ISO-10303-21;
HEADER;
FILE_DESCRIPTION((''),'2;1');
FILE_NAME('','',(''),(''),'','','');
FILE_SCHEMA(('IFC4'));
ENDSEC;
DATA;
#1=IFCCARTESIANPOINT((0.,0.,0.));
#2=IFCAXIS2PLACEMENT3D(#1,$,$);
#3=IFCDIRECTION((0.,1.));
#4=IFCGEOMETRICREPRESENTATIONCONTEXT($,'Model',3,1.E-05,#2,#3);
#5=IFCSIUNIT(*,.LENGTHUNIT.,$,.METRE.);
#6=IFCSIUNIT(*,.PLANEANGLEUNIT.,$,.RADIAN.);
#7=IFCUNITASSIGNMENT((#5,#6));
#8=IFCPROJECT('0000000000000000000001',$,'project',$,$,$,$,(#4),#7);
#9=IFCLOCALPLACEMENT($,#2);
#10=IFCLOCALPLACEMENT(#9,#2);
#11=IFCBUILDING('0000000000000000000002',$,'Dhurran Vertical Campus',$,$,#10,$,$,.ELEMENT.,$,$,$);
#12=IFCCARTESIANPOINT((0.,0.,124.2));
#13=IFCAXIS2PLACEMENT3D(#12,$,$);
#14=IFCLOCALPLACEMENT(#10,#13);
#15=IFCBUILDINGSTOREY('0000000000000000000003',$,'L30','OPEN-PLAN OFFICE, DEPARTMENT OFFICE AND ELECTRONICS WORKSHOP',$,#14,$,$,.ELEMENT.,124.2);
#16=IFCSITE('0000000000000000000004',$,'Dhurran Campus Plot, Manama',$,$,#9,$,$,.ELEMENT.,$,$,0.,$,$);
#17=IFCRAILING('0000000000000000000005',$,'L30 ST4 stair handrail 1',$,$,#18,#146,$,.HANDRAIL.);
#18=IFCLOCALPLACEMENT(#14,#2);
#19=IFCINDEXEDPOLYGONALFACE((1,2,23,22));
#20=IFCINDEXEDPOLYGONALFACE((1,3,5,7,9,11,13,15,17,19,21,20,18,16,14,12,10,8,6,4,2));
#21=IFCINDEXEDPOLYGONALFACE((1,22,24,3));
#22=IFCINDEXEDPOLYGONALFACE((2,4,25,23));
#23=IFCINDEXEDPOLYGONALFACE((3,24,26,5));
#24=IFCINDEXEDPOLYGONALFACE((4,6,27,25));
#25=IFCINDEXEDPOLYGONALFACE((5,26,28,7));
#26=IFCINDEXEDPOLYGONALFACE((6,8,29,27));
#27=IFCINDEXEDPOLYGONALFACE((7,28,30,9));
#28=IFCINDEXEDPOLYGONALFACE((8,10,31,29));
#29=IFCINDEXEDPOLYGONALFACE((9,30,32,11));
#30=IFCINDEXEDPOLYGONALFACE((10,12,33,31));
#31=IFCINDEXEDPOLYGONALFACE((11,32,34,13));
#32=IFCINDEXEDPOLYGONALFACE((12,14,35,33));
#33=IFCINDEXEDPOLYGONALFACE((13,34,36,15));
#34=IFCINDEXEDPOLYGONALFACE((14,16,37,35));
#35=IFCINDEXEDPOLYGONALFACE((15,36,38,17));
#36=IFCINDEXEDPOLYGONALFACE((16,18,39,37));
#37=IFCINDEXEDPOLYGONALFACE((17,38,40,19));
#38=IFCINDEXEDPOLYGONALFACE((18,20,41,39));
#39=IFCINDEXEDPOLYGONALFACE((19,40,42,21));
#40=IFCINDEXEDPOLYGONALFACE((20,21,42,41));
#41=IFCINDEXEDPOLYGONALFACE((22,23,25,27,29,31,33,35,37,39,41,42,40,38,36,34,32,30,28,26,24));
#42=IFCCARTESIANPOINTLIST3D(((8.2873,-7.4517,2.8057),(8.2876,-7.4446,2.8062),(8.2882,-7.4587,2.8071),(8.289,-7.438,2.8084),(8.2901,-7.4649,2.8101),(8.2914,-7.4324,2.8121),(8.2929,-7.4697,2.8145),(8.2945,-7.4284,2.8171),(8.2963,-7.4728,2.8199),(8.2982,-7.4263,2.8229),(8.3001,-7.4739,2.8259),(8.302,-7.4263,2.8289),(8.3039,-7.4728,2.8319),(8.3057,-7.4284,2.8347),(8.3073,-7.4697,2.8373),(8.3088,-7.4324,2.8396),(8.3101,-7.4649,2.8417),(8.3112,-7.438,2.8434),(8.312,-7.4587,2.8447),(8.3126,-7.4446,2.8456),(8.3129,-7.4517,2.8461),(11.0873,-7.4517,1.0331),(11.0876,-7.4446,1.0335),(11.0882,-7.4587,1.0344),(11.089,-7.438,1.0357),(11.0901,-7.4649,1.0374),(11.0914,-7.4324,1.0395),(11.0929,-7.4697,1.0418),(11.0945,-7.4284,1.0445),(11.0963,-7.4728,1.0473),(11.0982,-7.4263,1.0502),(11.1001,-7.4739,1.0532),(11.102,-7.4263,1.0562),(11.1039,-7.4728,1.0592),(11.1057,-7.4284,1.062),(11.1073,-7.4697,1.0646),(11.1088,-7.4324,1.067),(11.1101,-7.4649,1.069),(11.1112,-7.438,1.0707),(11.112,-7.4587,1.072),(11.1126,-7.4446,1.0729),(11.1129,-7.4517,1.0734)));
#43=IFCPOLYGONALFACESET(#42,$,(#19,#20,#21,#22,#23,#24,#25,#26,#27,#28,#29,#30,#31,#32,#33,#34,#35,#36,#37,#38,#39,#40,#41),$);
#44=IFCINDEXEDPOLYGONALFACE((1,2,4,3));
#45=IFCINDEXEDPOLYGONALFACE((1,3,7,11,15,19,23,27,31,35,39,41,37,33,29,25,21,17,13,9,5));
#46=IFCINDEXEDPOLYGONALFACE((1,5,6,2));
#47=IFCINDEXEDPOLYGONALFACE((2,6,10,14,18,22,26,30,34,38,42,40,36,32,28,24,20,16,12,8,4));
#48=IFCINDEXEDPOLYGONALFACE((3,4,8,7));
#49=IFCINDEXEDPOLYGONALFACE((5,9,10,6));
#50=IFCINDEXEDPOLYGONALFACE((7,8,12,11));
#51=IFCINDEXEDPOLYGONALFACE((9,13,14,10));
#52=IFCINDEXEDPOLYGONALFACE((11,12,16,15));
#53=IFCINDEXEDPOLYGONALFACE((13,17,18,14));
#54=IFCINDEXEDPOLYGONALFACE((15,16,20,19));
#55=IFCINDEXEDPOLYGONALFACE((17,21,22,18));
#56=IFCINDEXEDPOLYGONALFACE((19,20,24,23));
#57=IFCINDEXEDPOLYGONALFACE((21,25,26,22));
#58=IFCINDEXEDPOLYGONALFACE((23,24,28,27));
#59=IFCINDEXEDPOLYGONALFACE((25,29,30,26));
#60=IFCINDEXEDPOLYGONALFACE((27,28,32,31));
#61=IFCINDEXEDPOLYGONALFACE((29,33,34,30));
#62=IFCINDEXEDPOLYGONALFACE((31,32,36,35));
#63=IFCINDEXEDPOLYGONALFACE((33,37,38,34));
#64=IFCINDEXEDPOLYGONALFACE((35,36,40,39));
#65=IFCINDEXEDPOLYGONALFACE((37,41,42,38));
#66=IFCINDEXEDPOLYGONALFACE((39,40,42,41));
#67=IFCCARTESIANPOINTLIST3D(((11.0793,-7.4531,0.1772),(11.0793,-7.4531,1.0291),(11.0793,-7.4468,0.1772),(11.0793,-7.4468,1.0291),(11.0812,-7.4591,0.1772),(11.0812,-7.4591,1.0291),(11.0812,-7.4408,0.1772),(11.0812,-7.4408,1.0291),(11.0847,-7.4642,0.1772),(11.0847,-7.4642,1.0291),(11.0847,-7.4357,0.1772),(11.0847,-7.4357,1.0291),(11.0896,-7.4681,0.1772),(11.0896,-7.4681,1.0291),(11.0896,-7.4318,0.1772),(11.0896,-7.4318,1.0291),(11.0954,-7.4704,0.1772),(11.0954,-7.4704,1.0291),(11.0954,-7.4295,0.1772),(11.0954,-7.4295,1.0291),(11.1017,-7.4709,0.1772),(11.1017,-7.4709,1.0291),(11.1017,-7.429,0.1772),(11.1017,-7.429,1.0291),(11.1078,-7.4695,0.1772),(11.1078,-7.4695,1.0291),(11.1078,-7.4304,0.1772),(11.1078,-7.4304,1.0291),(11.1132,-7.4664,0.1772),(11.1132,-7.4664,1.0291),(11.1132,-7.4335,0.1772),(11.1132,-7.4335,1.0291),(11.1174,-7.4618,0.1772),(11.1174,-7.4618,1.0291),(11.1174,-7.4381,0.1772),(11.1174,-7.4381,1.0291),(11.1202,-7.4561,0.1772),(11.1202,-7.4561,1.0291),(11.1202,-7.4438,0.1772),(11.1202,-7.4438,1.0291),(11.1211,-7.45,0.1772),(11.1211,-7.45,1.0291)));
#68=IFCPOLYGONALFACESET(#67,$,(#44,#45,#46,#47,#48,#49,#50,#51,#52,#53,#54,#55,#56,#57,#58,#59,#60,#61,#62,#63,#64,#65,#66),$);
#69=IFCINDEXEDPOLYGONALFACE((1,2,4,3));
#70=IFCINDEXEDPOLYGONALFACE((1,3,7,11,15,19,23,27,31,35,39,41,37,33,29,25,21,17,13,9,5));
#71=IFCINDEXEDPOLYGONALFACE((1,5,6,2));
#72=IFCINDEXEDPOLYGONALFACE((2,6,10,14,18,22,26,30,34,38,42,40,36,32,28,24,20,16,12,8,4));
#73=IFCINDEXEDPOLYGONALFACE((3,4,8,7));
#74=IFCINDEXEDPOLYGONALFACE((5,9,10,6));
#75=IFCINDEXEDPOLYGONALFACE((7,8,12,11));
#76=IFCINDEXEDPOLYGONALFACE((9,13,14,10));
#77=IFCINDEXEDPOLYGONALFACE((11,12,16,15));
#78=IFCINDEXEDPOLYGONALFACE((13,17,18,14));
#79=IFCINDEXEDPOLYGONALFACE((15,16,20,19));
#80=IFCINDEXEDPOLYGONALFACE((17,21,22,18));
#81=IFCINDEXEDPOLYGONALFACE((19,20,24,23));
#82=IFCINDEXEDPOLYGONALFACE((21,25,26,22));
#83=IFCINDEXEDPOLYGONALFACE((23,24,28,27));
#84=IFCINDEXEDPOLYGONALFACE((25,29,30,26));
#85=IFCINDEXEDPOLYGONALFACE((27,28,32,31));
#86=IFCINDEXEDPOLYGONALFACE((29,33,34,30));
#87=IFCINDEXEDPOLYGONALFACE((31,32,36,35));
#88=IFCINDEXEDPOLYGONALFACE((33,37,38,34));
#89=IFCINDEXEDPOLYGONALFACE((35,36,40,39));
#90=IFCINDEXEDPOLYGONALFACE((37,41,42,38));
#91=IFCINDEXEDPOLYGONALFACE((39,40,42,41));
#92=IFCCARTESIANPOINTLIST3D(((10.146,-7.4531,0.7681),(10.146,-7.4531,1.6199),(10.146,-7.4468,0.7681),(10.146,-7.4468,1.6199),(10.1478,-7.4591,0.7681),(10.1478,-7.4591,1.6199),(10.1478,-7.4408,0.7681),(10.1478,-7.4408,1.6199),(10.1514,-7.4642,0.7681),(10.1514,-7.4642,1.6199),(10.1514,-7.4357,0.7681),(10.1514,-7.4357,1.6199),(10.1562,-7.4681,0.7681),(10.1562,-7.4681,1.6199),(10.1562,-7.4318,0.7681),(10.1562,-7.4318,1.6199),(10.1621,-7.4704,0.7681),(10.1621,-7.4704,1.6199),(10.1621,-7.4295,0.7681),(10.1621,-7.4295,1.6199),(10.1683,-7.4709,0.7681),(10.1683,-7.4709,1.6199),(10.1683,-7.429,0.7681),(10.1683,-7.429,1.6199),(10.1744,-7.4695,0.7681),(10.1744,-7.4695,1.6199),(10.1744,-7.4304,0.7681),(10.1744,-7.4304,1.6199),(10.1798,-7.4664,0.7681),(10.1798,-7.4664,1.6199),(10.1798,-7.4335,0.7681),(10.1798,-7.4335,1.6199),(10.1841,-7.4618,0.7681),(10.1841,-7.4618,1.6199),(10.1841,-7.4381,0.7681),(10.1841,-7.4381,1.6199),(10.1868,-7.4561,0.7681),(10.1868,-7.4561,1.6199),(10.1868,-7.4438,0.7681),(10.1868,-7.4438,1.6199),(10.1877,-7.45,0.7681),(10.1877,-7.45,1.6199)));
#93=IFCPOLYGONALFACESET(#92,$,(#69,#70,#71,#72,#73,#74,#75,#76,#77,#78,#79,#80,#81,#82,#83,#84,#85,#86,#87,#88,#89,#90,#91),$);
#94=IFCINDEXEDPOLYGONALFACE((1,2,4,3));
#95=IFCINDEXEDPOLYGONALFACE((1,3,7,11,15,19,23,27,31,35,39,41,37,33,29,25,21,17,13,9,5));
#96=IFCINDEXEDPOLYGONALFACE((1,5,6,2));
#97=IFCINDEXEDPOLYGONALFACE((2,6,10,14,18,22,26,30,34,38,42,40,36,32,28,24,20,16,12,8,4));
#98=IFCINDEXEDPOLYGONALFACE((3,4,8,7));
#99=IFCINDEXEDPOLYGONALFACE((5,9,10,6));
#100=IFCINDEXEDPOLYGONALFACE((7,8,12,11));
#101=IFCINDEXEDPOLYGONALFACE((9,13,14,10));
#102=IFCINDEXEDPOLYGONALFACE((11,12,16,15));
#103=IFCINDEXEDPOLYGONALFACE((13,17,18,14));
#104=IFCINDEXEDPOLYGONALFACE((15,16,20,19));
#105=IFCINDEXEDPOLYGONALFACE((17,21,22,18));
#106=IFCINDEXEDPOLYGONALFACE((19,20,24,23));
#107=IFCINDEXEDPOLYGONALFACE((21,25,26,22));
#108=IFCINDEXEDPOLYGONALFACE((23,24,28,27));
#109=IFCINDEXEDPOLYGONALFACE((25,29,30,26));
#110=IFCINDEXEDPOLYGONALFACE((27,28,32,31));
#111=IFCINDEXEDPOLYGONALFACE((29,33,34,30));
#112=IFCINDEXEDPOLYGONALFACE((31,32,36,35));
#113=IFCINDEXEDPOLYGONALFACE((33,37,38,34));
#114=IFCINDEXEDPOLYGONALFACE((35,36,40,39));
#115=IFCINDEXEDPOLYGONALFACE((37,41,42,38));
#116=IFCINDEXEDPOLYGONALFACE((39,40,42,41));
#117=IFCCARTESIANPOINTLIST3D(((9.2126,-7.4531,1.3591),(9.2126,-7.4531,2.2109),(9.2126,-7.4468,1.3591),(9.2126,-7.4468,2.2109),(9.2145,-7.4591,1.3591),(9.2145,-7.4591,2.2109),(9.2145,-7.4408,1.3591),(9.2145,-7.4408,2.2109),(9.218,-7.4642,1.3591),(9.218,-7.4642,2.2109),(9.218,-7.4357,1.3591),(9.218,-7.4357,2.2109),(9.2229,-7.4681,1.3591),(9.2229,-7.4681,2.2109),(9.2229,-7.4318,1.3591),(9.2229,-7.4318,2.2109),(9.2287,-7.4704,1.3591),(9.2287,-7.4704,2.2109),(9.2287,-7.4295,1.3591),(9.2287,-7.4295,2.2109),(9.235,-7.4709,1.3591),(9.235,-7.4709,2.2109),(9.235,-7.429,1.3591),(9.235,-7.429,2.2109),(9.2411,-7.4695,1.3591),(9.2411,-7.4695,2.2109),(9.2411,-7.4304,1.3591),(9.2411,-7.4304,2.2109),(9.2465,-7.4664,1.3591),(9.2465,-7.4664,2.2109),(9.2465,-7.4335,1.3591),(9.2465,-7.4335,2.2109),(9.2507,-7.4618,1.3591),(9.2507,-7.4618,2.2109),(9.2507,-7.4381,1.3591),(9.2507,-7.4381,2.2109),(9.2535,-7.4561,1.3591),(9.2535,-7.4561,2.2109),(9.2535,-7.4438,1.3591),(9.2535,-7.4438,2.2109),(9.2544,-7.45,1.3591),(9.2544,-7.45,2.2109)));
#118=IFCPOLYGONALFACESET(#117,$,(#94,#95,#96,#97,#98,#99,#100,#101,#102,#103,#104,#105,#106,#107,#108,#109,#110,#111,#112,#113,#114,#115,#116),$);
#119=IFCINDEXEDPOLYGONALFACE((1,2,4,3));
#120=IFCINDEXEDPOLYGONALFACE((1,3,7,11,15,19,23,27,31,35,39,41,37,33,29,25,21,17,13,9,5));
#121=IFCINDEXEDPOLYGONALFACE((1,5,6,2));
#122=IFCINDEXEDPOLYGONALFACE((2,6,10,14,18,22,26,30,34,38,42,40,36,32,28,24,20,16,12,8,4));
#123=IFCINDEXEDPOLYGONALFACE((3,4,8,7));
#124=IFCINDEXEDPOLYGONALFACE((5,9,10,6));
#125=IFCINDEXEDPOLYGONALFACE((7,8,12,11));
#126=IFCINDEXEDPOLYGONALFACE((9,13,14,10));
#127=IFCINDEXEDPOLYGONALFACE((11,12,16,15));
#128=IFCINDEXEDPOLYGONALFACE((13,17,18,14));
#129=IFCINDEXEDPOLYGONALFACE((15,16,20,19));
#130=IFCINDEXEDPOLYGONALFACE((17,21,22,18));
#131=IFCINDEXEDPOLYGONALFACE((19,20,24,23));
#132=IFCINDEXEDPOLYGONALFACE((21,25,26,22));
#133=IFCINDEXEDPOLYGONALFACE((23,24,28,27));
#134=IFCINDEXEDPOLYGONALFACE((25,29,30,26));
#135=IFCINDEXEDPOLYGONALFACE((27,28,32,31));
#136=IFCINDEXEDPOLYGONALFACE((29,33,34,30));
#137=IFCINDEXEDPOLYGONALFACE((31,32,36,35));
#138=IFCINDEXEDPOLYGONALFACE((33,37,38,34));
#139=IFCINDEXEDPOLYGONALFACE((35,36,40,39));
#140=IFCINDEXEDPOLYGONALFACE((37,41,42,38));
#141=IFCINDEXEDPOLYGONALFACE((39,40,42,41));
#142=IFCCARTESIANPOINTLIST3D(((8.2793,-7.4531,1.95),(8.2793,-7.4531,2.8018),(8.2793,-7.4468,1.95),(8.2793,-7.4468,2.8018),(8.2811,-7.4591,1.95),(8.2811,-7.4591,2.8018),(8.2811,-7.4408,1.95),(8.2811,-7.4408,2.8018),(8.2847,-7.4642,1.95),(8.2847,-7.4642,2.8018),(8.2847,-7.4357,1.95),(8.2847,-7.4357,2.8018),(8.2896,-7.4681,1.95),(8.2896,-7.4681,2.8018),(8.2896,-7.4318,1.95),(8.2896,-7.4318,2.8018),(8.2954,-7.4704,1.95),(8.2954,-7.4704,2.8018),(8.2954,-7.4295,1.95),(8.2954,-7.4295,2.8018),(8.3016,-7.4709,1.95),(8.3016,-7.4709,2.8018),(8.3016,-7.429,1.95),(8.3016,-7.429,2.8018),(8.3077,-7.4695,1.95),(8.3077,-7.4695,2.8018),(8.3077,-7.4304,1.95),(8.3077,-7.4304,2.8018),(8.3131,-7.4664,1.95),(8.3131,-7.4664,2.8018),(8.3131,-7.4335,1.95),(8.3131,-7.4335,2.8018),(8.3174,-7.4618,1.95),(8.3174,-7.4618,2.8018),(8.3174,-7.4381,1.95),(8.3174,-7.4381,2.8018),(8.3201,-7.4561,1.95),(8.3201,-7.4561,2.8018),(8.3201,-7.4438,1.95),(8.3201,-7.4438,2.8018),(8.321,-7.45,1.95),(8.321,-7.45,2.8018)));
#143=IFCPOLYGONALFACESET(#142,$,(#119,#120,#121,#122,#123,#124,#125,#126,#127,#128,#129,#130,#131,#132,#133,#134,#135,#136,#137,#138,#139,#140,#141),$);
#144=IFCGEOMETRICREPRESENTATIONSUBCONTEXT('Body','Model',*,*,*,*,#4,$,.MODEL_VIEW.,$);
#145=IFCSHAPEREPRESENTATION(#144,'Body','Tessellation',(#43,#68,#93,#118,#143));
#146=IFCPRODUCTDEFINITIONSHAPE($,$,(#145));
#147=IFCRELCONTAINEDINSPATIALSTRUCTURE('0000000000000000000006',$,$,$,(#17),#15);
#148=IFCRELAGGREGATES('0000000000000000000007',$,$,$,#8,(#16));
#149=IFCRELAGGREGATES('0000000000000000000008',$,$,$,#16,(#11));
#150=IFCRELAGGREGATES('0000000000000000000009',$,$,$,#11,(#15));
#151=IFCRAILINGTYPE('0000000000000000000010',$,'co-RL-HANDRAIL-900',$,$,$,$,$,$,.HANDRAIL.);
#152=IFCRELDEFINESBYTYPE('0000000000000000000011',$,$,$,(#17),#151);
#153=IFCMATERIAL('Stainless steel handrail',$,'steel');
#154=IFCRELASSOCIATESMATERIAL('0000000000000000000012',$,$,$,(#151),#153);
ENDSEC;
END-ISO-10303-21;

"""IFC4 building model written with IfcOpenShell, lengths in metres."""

from ifc_helpers import new_model, si_unit, direction, frame, origin, origin_2d, place, context, subcontext, project, spatial, circle, extrude, material, type_object, element, save


model = new_model("IFC4")

# Units and contexts
model_context = context("Model", 3, precision=1e-05, world=origin(), true_north=direction((0.0, 1.0)))
body_context = subcontext(model_context, "Body", "Model", "MODEL_VIEW")
ifc_project = project(units=[si_unit("LENGTHUNIT", "METRE"), si_unit("PLANEANGLEUNIT", "RADIAN")], contexts=[model_context])

# Site, building, storey
site_placement = place(None, origin())
site = spatial("IfcSite", under=ifc_project, at=site_placement, Name="Dhurran Campus Plot, Manama", CompositionType="ELEMENT", RefElevation=0.0)
building_placement = place(site_placement, origin())
building = spatial("IfcBuilding", under=site, at=building_placement, Name="Dhurran Vertical Campus", CompositionType="ELEMENT")
storey_placement = place(building_placement, frame((0.0, 0.0, 124.2)))
storey = spatial("IfcBuildingStorey", under=building, at=storey_placement, Name="L30", Description="OPEN-PLAN OFFICE, DEPARTMENT OFFICE AND ELECTRONICS WORKSHOP", CompositionType="ELEMENT", Elevation=124.2)

# Railing
ifc_material_1 = material(Name="Stainless steel handrail", Category="steel")
railing_type_1 = type_object("IfcRailingType", Name="co-RL-HANDRAIL-900", PredefinedType="HANDRAIL", material=ifc_material_1)
railing_1_placement = place(storey_placement, frame((11.1001, -7.45, 0.1772)))
element("IfcRailing", 1, at=railing_1_placement, inside=storey, type_object=railing_type_1, Name="L30 ST4 stair handrail 1", PredefinedType="HANDRAIL", context=body_context, shape_type="SweptSolid", body=[
    extrude(circle(Radius=0.0239, at=origin_2d()), frame((0.0, 0.0, 0.876), z_axis=(-0.844909, 0.0, 0.53491), x_axis=(0.0, -1.0, 0.0)), (0.0, 0.0, 1.0), 3.314),
    extrude(circle(Radius=0.021, at=origin_2d()), origin(), (0.0, 0.0, 1.0), 0.8518),
    extrude(circle(Radius=0.021, at=origin_2d()), frame((-0.9333, 0.0, 0.5908)), (0.0, 0.0, 1.0), 0.8518),
    extrude(circle(Radius=0.021, at=origin_2d()), frame((-1.8667, 0.0, 1.1819)), (0.0, 0.0, 1.0), 0.8518),
    extrude(circle(Radius=0.021, at=origin_2d()), frame((-2.8, 0.0, 1.7727)), (0.0, 0.0, 1.0), 0.8518),
])

save(model, "model.ifc")
